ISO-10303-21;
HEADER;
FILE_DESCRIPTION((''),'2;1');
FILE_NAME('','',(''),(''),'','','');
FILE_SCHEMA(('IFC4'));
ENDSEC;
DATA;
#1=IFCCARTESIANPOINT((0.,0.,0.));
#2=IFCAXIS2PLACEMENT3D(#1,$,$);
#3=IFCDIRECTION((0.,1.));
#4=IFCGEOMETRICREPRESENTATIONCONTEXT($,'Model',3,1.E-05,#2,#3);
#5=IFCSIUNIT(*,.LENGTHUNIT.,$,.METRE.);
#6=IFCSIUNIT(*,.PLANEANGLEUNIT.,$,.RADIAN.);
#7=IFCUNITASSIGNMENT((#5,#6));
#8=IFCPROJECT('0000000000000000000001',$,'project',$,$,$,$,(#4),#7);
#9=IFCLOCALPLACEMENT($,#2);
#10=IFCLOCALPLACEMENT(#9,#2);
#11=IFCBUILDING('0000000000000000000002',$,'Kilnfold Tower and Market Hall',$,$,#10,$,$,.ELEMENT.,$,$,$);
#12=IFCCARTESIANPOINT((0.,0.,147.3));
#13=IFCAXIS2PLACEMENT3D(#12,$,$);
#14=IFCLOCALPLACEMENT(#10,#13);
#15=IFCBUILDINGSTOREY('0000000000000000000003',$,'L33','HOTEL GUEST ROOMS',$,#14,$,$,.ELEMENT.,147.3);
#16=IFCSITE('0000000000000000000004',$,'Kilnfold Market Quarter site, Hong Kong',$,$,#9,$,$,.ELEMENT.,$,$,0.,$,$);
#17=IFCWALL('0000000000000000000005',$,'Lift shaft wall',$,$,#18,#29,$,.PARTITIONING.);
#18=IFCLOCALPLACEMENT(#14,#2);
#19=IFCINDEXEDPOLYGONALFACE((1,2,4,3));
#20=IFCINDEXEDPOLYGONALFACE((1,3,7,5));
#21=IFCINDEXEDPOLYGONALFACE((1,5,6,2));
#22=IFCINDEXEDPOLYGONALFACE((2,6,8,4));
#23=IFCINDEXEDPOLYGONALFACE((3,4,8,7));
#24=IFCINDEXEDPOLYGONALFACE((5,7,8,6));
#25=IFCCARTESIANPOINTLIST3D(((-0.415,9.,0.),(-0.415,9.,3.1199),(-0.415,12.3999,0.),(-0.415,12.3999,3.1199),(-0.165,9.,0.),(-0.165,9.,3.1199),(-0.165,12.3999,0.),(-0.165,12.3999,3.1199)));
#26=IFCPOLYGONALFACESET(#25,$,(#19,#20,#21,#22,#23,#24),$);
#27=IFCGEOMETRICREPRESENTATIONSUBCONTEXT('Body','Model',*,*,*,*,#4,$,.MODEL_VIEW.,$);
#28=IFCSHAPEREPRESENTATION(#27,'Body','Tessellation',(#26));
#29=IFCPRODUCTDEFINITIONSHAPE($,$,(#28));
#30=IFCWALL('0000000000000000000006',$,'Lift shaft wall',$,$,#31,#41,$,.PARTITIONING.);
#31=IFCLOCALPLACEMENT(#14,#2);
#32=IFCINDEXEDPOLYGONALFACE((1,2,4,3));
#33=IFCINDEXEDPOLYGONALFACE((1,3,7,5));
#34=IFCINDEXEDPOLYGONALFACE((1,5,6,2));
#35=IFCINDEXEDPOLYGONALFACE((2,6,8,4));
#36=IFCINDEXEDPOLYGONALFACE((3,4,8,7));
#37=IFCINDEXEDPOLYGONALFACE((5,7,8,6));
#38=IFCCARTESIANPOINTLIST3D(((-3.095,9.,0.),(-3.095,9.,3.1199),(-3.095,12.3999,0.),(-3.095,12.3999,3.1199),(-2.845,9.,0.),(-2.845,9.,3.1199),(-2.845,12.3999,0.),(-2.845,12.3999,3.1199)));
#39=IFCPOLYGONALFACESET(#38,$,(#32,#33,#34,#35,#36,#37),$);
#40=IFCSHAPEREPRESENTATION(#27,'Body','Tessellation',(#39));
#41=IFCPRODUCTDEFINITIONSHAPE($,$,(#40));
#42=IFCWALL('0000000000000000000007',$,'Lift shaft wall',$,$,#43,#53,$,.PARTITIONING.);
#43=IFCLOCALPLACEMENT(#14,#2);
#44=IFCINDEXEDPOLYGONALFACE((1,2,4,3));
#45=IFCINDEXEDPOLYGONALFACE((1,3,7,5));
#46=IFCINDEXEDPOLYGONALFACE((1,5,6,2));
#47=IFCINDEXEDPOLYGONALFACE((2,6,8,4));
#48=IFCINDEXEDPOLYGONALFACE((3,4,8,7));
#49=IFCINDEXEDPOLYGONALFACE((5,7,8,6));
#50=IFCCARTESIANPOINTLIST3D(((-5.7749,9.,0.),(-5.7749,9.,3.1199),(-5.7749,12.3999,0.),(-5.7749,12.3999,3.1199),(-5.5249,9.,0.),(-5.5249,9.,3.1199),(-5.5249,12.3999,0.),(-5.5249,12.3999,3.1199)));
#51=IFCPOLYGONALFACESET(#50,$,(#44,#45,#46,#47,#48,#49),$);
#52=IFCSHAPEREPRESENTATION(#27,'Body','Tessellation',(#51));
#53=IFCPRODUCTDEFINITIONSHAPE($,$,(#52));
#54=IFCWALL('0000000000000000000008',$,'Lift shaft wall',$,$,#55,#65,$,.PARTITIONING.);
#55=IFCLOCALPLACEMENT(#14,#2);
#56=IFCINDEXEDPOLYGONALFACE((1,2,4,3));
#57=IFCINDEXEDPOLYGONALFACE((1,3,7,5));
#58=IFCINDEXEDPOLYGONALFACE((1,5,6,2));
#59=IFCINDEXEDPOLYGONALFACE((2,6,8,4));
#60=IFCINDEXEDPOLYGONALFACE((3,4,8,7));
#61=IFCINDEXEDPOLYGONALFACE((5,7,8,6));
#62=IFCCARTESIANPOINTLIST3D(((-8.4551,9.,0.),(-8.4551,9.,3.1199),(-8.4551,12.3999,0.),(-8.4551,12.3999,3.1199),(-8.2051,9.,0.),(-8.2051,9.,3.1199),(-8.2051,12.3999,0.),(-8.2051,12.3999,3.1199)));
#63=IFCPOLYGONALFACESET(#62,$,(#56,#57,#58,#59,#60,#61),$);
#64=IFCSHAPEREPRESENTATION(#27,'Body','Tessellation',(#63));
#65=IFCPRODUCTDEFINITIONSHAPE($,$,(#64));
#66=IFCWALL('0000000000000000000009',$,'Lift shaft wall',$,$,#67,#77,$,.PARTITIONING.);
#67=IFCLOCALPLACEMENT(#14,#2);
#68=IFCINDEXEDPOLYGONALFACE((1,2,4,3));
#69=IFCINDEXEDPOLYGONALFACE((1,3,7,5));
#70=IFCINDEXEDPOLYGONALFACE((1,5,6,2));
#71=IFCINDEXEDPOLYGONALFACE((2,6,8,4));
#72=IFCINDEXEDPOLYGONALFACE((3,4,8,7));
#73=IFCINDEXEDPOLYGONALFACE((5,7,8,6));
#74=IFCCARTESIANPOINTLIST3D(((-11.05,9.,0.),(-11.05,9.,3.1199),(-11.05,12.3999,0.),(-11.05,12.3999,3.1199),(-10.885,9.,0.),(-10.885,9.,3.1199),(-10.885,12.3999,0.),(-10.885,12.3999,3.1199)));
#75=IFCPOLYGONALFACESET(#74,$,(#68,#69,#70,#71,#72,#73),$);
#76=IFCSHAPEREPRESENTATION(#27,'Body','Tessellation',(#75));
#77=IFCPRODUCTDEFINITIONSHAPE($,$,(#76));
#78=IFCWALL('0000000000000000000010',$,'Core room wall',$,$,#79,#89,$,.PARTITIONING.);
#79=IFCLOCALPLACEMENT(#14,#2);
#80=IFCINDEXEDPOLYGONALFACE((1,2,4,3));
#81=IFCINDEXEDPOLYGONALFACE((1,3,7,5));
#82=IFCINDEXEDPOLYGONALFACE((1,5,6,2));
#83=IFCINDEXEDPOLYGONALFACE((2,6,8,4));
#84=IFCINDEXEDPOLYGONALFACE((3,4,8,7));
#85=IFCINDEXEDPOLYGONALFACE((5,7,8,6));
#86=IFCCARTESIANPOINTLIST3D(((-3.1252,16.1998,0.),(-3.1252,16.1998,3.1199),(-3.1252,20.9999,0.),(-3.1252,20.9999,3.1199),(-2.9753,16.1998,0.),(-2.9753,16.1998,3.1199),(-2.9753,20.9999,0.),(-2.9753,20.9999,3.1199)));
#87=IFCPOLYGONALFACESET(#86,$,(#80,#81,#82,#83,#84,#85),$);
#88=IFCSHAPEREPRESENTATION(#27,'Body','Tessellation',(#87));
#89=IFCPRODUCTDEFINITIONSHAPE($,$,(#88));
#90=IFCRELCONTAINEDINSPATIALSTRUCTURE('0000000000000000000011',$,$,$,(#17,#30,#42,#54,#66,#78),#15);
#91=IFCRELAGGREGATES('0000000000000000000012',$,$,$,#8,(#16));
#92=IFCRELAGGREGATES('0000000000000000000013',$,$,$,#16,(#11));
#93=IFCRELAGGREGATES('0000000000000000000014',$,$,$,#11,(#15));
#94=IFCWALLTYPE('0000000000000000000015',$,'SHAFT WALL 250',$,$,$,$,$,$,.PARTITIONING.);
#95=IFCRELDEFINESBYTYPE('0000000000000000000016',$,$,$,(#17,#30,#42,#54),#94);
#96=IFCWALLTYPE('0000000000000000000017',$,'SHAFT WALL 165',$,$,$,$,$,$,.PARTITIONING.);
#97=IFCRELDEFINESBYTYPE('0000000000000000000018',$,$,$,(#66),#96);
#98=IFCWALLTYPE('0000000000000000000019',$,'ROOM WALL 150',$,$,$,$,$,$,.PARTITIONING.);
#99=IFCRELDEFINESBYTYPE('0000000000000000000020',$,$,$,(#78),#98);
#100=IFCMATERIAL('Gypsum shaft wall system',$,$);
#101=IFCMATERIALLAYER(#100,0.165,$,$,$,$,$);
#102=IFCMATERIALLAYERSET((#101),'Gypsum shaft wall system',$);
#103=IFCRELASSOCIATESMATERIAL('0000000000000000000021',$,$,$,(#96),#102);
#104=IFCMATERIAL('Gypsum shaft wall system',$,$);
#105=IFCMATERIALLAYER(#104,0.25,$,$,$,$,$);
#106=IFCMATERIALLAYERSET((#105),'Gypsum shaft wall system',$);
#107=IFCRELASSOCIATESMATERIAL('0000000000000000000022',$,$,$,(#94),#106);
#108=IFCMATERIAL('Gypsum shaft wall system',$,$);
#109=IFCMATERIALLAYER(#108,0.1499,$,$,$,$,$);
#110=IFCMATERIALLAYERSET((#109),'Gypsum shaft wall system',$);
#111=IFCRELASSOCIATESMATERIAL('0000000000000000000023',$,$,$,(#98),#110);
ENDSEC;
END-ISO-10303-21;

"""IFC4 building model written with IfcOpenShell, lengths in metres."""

from ifc_helpers import new_model, si_unit, direction, frame, frame_2d, origin, place, context, subcontext, project, spatial, rectangle, extrude, source, transform, mapped, material, layer, layer_set, type_object, element, save


model = new_model("IFC4")

# Units and contexts
model_context = context("Model", 3, precision=1e-05, world=origin(), true_north=direction((0.0, 1.0)))
body_context = subcontext(model_context, "Body", "Model", "MODEL_VIEW")
ifc_project = project(units=[si_unit("LENGTHUNIT", "METRE"), si_unit("PLANEANGLEUNIT", "RADIAN")], contexts=[model_context])

# Site, building, storey
site_placement = place(None, origin())
site = spatial("IfcSite", under=ifc_project, at=site_placement, Name="Kilnfold Market Quarter site, Hong Kong", CompositionType="ELEMENT", RefElevation=0.0)
building_placement = place(site_placement, origin())
building = spatial("IfcBuilding", under=site, at=building_placement, Name="Kilnfold Tower and Market Hall", CompositionType="ELEMENT")
storey_placement = place(building_placement, frame((0.0, 0.0, 147.3)))
storey = spatial("IfcBuildingStorey", under=building, at=storey_placement, Name="L33", Description="HOTEL GUEST ROOMS", CompositionType="ELEMENT", Elevation=147.3)

# Walls
ifc_material_1 = material(Name="Gypsum shaft wall system")
ifc_layer_1 = layer(ifc_material_1, 0.165)
ifc_layer_set_1 = layer_set([ifc_layer_1], Name="Gypsum shaft wall system")
wall_type_1 = type_object("IfcWallType", Name="SHAFT WALL 165", PredefinedType="PARTITIONING", material=ifc_layer_set_1)
ifc_material_2 = material(Name="Gypsum shaft wall system")
ifc_layer_2 = layer(ifc_material_2, 0.25)
ifc_layer_set_2 = layer_set([ifc_layer_2], Name="Gypsum shaft wall system")
wall_type_2 = type_object("IfcWallType", Name="SHAFT WALL 250", PredefinedType="PARTITIONING", material=ifc_layer_set_2)
shared_shape_1 = source(origin(), body_context, "Body", "SweptSolid", [
    extrude(rectangle(XDim=3.3999, YDim=0.25, at=frame_2d((1.7, 0.0))), origin(), (0.0, 0.0, 1.0), 3.1199),
])
for number, where, z_axis, x_axis, name in (
    (1, (-0.29, 9.0, 0.0), (0.0, 0.0, 1.0), (0.0, 1.0, 0.0), "Lift shaft wall"),
    (2, (-2.97, 9.0, 0.0), (0.0, 0.0, 1.0), (0.0, 1.0, 0.0), "Lift shaft wall"),
    (3, (-5.6499, 9.0, 0.0), (0.0, 0.0, 1.0), (0.0, 1.0, 0.0), "Lift shaft wall"),
    (4, (-8.3301, 9.0, 0.0), (0.0, 0.0, 1.0), (0.0, 1.0, 0.0), "Lift shaft wall"),
):
    element("IfcWall", number, at=place(storey_placement, frame(where, z_axis=z_axis, x_axis=x_axis)), inside=storey, type_object=wall_type_2, Name=name, PredefinedType="PARTITIONING", context=body_context, shape_type="MappedRepresentation", body=[
        mapped(shared_shape_1, transform((0.0, 0.0, 0.0))),
    ])
shared_shape_2 = source(origin(), body_context, "Body", "SweptSolid", [
    extrude(rectangle(XDim=3.3999, YDim=0.165, at=frame_2d((1.7, 0.0))), origin(), (0.0, 0.0, 1.0), 3.1199),
])
wall_1_placement = place(storey_placement, frame((-10.9675, 9.0, 0.0), z_axis=(0.0, 0.0, 1.0), x_axis=(0.0, 1.0, 0.0)))
element("IfcWall", 5, at=wall_1_placement, inside=storey, type_object=wall_type_1, Name="Lift shaft wall", PredefinedType="PARTITIONING", context=body_context, shape_type="MappedRepresentation", body=[
    mapped(shared_shape_2, transform((0.0, 0.0, 0.0))),
])
ifc_material_3 = material(Name="Gypsum shaft wall system")
ifc_layer_3 = layer(ifc_material_3, 0.1499)
ifc_layer_set_3 = layer_set([ifc_layer_3], Name="Gypsum shaft wall system")
wall_type_3 = type_object("IfcWallType", Name="ROOM WALL 150", PredefinedType="PARTITIONING", material=ifc_layer_set_3)
shared_shape_3 = source(origin(), body_context, "Body", "SweptSolid", [
    extrude(rectangle(XDim=4.8, YDim=0.1499, at=frame_2d((2.3999, 0.0))), origin(), (0.0, 0.0, 1.0), 3.1199),
])
wall_2_placement = place(storey_placement, frame((-3.0503, 16.2, 0.0), z_axis=(0.0, 0.0, 1.0), x_axis=(0.0, 1.0, 0.0)))
element("IfcWall", 6, at=wall_2_placement, inside=storey, type_object=wall_type_3, Name="Core room wall", PredefinedType="PARTITIONING", context=body_context, shape_type="MappedRepresentation", body=[
    mapped(shared_shape_3, transform((0.0, 0.0, 0.0))),
])

save(model, "model.ifc")
